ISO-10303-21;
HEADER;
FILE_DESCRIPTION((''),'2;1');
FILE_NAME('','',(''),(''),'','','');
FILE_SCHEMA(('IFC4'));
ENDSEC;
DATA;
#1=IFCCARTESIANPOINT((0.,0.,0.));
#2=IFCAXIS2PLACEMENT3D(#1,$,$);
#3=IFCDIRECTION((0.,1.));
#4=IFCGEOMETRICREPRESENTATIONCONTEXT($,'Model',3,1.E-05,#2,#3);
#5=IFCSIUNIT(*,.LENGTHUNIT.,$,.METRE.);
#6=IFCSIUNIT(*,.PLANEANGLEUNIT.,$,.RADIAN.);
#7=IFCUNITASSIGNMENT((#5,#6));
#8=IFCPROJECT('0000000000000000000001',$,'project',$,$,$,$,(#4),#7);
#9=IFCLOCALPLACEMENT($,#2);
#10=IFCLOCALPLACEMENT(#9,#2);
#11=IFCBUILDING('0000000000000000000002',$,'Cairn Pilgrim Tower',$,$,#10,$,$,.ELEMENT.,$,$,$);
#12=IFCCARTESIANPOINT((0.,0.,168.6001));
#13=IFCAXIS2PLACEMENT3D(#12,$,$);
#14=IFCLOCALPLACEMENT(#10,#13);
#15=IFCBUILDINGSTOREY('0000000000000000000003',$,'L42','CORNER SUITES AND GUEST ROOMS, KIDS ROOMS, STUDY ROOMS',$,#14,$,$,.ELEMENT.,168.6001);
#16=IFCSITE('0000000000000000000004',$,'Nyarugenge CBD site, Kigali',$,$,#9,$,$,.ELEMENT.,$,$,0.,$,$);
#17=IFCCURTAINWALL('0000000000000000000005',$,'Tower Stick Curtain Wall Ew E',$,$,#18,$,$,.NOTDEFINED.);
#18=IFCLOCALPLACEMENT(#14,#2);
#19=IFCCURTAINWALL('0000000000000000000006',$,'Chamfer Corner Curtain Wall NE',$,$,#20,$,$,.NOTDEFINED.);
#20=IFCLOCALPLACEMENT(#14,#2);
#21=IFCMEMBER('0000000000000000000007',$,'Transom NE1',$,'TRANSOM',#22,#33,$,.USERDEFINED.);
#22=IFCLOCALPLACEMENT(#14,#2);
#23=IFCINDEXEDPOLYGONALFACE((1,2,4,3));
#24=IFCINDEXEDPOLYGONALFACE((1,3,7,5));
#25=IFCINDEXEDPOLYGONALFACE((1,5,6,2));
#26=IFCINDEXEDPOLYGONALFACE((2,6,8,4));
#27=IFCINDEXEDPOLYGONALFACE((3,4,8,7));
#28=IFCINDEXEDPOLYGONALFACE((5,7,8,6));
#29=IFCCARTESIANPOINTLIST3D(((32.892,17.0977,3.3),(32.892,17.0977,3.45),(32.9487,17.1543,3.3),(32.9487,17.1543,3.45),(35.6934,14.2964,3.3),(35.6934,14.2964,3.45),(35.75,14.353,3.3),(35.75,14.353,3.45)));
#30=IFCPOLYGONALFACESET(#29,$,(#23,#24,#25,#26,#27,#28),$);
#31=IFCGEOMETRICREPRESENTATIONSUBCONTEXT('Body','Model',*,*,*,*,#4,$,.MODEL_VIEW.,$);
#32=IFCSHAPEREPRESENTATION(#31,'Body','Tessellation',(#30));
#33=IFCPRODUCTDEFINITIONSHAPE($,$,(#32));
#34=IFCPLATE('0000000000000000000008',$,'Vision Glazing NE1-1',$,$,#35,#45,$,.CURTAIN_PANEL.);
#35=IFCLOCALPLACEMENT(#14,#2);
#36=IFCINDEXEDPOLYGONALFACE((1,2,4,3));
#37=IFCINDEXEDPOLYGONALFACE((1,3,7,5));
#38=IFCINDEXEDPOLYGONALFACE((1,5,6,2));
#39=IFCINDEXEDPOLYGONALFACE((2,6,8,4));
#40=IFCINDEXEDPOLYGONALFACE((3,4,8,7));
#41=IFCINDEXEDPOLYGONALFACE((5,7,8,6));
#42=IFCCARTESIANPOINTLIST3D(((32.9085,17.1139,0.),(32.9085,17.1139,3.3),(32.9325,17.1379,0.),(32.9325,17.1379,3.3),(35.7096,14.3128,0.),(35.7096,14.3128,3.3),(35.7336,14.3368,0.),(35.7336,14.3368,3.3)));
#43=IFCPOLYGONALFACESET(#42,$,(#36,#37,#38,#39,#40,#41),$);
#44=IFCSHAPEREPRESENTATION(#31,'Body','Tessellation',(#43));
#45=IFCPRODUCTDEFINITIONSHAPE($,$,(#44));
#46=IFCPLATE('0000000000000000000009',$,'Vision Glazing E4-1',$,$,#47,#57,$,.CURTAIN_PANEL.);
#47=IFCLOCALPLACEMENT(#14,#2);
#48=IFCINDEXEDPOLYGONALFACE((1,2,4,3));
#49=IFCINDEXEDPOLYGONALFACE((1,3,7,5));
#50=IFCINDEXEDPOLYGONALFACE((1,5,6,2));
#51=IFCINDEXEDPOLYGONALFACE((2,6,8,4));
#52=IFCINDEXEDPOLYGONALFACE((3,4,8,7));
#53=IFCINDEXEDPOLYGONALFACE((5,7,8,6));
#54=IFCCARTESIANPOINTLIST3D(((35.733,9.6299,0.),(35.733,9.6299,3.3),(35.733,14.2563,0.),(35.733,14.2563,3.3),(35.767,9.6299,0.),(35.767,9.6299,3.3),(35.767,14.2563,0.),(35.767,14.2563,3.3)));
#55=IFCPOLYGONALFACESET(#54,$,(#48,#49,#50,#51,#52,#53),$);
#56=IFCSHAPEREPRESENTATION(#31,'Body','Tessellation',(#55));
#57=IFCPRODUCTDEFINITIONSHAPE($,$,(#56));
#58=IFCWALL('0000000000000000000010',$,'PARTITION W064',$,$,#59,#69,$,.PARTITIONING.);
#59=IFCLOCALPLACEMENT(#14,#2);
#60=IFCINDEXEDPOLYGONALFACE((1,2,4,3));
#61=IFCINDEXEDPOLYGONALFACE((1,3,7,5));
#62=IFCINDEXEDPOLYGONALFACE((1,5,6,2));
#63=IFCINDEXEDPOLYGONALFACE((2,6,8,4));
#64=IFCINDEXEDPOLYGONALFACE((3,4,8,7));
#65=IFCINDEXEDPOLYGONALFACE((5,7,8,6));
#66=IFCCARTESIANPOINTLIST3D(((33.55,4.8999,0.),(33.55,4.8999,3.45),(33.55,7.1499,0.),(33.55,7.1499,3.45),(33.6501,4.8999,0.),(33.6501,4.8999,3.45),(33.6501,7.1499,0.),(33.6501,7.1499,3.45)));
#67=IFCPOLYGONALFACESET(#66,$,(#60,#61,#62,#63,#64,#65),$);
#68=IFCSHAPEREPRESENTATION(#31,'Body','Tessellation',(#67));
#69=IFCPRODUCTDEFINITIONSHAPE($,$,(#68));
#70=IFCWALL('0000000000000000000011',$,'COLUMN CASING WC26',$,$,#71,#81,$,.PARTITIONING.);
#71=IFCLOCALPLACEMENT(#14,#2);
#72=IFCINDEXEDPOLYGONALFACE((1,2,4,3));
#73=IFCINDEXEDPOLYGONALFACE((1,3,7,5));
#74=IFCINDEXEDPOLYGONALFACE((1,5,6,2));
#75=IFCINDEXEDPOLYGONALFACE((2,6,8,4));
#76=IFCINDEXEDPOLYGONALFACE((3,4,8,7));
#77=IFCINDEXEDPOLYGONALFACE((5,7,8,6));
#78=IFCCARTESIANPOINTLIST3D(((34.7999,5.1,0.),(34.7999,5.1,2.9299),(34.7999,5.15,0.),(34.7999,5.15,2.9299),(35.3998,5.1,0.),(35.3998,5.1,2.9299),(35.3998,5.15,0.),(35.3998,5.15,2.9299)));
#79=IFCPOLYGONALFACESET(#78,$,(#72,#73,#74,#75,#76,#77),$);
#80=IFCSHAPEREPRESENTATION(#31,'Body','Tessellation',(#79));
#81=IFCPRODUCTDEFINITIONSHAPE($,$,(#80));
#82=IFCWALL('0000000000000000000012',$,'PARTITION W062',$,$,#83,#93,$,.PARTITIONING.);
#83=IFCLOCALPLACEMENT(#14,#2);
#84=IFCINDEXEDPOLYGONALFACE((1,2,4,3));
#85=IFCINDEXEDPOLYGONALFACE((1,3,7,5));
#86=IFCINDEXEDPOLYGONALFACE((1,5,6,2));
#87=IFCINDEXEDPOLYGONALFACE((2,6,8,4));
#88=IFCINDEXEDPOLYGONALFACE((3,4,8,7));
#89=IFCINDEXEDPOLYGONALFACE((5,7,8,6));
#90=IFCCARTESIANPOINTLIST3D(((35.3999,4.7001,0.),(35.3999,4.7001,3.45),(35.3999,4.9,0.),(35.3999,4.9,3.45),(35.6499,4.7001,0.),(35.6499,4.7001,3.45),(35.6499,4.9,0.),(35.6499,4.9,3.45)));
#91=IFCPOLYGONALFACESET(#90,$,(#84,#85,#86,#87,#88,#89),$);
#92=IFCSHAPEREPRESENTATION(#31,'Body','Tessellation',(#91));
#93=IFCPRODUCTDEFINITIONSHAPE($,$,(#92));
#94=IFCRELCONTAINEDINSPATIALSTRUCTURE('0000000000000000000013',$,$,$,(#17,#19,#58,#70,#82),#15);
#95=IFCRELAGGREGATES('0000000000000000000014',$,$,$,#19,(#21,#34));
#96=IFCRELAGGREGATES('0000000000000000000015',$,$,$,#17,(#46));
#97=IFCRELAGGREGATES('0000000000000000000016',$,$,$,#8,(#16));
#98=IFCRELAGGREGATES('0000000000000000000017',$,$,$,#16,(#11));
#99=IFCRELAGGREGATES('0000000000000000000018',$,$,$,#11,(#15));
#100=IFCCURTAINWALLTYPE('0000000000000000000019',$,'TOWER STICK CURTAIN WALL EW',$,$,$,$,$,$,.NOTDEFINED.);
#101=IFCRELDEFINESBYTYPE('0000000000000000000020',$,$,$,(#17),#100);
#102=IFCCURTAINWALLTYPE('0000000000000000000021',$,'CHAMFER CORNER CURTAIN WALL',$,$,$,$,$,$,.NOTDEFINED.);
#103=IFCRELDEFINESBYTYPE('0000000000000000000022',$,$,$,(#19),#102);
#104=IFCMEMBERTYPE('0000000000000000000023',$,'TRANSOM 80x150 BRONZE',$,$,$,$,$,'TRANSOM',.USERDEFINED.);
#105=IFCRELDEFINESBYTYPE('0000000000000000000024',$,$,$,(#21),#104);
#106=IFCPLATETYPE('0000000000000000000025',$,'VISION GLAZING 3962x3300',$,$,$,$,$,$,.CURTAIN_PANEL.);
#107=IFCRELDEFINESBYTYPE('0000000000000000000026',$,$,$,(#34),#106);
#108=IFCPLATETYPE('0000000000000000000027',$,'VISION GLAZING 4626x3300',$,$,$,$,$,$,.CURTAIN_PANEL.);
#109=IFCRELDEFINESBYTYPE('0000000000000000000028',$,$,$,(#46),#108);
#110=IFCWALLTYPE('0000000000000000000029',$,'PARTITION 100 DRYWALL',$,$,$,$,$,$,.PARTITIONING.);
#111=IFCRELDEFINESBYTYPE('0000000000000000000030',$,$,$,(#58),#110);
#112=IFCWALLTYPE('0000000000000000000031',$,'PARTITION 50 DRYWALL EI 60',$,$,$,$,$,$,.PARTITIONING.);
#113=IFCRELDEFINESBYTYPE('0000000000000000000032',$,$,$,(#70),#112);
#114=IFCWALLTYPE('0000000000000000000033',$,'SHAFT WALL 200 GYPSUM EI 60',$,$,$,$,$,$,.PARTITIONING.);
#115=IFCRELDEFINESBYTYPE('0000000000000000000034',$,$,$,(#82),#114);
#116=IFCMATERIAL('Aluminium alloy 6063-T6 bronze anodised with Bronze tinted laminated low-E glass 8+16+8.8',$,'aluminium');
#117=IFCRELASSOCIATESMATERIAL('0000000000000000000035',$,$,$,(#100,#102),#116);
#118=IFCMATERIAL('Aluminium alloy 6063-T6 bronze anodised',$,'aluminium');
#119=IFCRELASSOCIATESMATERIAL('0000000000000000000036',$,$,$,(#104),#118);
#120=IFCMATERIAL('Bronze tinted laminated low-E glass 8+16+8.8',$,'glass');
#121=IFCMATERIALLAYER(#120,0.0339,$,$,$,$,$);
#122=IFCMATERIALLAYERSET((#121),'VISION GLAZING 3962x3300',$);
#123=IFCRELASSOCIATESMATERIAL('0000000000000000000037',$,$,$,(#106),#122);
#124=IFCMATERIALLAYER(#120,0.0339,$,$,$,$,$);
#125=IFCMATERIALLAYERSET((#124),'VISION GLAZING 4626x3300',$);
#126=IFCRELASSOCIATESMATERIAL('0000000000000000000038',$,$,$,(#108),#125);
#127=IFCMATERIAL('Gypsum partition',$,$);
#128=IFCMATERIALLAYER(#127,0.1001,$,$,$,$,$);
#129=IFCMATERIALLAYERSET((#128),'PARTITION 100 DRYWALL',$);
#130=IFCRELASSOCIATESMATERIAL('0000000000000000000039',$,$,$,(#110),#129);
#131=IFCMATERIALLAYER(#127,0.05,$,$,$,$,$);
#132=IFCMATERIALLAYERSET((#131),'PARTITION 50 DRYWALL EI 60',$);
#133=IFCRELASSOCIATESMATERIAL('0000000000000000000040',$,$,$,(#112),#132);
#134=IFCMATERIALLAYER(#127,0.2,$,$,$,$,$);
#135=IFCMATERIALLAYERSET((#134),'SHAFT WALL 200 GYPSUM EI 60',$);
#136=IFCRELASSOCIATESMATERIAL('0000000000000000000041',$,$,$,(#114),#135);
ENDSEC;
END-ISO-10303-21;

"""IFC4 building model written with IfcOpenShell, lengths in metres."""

from ifc_helpers import new_model, si_unit, direction, frame, frame_2d, origin, origin_2d, place, context, subcontext, project, spatial, rectangle, extrude, material, layer, layer_set, material_profile, profile_set, type_object, element, aggregate, save


model = new_model("IFC4")

# Units and contexts
model_context = context("Model", 3, precision=1e-05, world=origin(), true_north=direction((0.0, 1.0)))
body_context = subcontext(model_context, "Body", "Model", "MODEL_VIEW")
ifc_project = project(units=[si_unit("LENGTHUNIT", "METRE"), si_unit("PLANEANGLEUNIT", "RADIAN")], contexts=[model_context])

# Site, building, storey
site_placement = place(None, origin())
site = spatial("IfcSite", under=ifc_project, at=site_placement, Name="Nyarugenge CBD site, Kigali", CompositionType="ELEMENT", RefElevation=0.0)
building_placement = place(site_placement, origin())
building = spatial("IfcBuilding", under=site, at=building_placement, Name="Cairn Pilgrim Tower", CompositionType="ELEMENT")
storey_placement = place(building_placement, frame((0.0, 0.0, 168.6001)))
storey = spatial("IfcBuildingStorey", under=building, at=storey_placement, Name="L42", Description="CORNER SUITES AND GUEST ROOMS, KIDS ROOMS, STUDY ROOMS", CompositionType="ELEMENT", Elevation=168.6001)

# Curtain wall
ifc_material_1 = material(Name="Aluminium alloy 6063-T6 bronze anodised with Bronze tinted laminated low-E glass 8+16+8.8", Category="aluminium")
curtain_wall_type_1 = type_object("IfcCurtainWallType", Name="TOWER STICK CURTAIN WALL EW", PredefinedType="NOTDEFINED", material=ifc_material_1)
curtain_wall_1_placement = place(storey_placement, origin())
curtain_wall_1 = element("IfcCurtainWall", 1, at=curtain_wall_1_placement, inside=storey, type_object=curtain_wall_type_1, Name="Tower Stick Curtain Wall Ew E", PredefinedType="NOTDEFINED")
ifc_material_2 = material(Name="Aluminium alloy 6063-T6 bronze anodised", Category="aluminium")

# Curtain wall
curtain_wall_type_2 = type_object("IfcCurtainWallType", Name="CHAMFER CORNER CURTAIN WALL", PredefinedType="NOTDEFINED", material=ifc_material_1)
curtain_wall_2_placement = place(storey_placement, origin())
curtain_wall_2 = element("IfcCurtainWall", 2, at=curtain_wall_2_placement, inside=storey, type_object=curtain_wall_type_2, Name="Chamfer Corner Curtain Wall NE", PredefinedType="NOTDEFINED")

# Member
ifc_material_profile_1 = material_profile(ifc_material_2, rectangle(XDim=0.0801, YDim=0.1499, at=origin_2d()), Name="TRANSOM 80x150 BRONZE")
ifc_profile_set_1 = profile_set([ifc_material_profile_1], Name="Aluminium alloy 6063-T6 bronze anodised")
member_type_1 = type_object("IfcMemberType", Name="TRANSOM 80x150 BRONZE", ElementType="TRANSOM", PredefinedType="USERDEFINED", material=ifc_profile_set_1)
member_1_placement = place(storey_placement, frame((35.7217, 14.3247, 3.375), z_axis=(-0.707107, 0.707107, 0.0), x_axis=(-0.707107, -0.707107, 0.0)))
member_1 = element("IfcMember", 3, at=member_1_placement, type_object=member_type_1, Name="Transom NE1", ObjectType="TRANSOM", PredefinedType="USERDEFINED", context=body_context, shape_type="SweptSolid", body=[
    extrude(rectangle(XDim=0.0801, YDim=0.1499, at=origin_2d()), origin(), (0.0, 0.0, 1.0), 3.9617),
])

# Plates
ifc_material_3 = material(Name="Bronze tinted laminated low-E glass 8+16+8.8", Category="glass")
ifc_layer_1 = layer(ifc_material_3, 0.0339)
ifc_layer_set_1 = layer_set([ifc_layer_1], Name="VISION GLAZING 3962x3300")
plate_type_1 = type_object("IfcPlateType", Name="VISION GLAZING 3962x3300", PredefinedType="CURTAIN_PANEL", material=ifc_layer_set_1)
plate_1_placement = place(storey_placement, frame((34.321, 15.7253, 0.0), z_axis=(0.0, 0.0, 1.0), x_axis=(-0.707107, 0.707107, 0.0)))
plate_1 = element("IfcPlate", 4, at=plate_1_placement, type_object=plate_type_1, Name="Vision Glazing NE1-1", PredefinedType="CURTAIN_PANEL", context=body_context, shape_type="SweptSolid", body=[
    extrude(rectangle(XDim=3.9614, YDim=0.0339, at=origin_2d()), origin(), (0.0, 0.0, 1.0), 3.3),
])
aggregate(curtain_wall_2, [member_1, plate_1])
ifc_layer_2 = layer(ifc_material_3, 0.0339)
ifc_layer_set_2 = layer_set([ifc_layer_2], Name="VISION GLAZING 4626x3300")
plate_type_2 = type_object("IfcPlateType", Name="VISION GLAZING 4626x3300", PredefinedType="CURTAIN_PANEL", material=ifc_layer_set_2)
plate_2_placement = place(storey_placement, frame((35.75, 11.9431, 0.0), z_axis=(0.0, 0.0, 1.0), x_axis=(0.0, 1.0, 0.0)))
plate_2 = element("IfcPlate", 5, at=plate_2_placement, type_object=plate_type_2, Name="Vision Glazing E4-1", PredefinedType="CURTAIN_PANEL", context=body_context, shape_type="SweptSolid", body=[
    extrude(rectangle(XDim=4.6265, YDim=0.0339, at=origin_2d()), origin(), (0.0, 0.0, 1.0), 3.3),
])
aggregate(curtain_wall_1, [plate_2])

# Walls
ifc_material_4 = material(Name="Gypsum partition")
ifc_layer_3 = layer(ifc_material_4, 0.1001)
ifc_layer_set_3 = layer_set([ifc_layer_3], Name="PARTITION 100 DRYWALL")
wall_type_1 = type_object("IfcWallType", Name="PARTITION 100 DRYWALL", PredefinedType="PARTITIONING", material=ifc_layer_set_3)
wall_1_placement = place(storey_placement, frame((33.6001, 4.8999, 0.0), z_axis=(0.0, 0.0, 1.0), x_axis=(0.0, 1.0, 0.0)))
element("IfcWall", 6, at=wall_1_placement, inside=storey, type_object=wall_type_1, Name="PARTITION W064", PredefinedType="PARTITIONING", context=body_context, shape_type="SweptSolid", body=[
    extrude(rectangle(XDim=2.25, YDim=0.1001, at=frame_2d((1.125, 0.0))), origin(), (0.0, 0.0, 1.0), 3.45),
])
ifc_layer_4 = layer(ifc_material_4, 0.05)
ifc_layer_set_4 = layer_set([ifc_layer_4], Name="PARTITION 50 DRYWALL EI 60")
wall_type_2 = type_object("IfcWallType", Name="PARTITION 50 DRYWALL EI 60", PredefinedType="PARTITIONING", material=ifc_layer_set_4)
wall_2_placement = place(storey_placement, frame((34.8, 5.125, 0.0), z_axis=(0.0, 0.0, 1.0), x_axis=(1.0, 0.0, 0.0)))
element("IfcWall", 7, at=wall_2_placement, inside=storey, type_object=wall_type_2, Name="COLUMN CASING WC26", PredefinedType="PARTITIONING", context=body_context, shape_type="SweptSolid", body=[
    extrude(rectangle(XDim=0.5999, YDim=0.05, at=frame_2d((0.2998, 0.0))), origin(), (0.0, 0.0, 1.0), 2.9299),
])
ifc_layer_5 = layer(ifc_material_4, 0.2)
ifc_layer_set_5 = layer_set([ifc_layer_5], Name="SHAFT WALL 200 GYPSUM EI 60")
wall_type_3 = type_object("IfcWallType", Name="SHAFT WALL 200 GYPSUM EI 60", PredefinedType="PARTITIONING", material=ifc_layer_set_5)
wall_3_placement = place(storey_placement, frame((35.3999, 4.8, 0.0), z_axis=(0.0, 0.0, 1.0), x_axis=(1.0, 0.0, 0.0)))
element("IfcWall", 8, at=wall_3_placement, inside=storey, type_object=wall_type_3, Name="PARTITION W062", PredefinedType="PARTITIONING", context=body_context, shape_type="SweptSolid", body=[
    extrude(rectangle(XDim=0.25, YDim=0.2, at=frame_2d((0.125, 0.0))), origin(), (0.0, 0.0, 1.0), 3.45),
])

save(model, "model.ifc")
